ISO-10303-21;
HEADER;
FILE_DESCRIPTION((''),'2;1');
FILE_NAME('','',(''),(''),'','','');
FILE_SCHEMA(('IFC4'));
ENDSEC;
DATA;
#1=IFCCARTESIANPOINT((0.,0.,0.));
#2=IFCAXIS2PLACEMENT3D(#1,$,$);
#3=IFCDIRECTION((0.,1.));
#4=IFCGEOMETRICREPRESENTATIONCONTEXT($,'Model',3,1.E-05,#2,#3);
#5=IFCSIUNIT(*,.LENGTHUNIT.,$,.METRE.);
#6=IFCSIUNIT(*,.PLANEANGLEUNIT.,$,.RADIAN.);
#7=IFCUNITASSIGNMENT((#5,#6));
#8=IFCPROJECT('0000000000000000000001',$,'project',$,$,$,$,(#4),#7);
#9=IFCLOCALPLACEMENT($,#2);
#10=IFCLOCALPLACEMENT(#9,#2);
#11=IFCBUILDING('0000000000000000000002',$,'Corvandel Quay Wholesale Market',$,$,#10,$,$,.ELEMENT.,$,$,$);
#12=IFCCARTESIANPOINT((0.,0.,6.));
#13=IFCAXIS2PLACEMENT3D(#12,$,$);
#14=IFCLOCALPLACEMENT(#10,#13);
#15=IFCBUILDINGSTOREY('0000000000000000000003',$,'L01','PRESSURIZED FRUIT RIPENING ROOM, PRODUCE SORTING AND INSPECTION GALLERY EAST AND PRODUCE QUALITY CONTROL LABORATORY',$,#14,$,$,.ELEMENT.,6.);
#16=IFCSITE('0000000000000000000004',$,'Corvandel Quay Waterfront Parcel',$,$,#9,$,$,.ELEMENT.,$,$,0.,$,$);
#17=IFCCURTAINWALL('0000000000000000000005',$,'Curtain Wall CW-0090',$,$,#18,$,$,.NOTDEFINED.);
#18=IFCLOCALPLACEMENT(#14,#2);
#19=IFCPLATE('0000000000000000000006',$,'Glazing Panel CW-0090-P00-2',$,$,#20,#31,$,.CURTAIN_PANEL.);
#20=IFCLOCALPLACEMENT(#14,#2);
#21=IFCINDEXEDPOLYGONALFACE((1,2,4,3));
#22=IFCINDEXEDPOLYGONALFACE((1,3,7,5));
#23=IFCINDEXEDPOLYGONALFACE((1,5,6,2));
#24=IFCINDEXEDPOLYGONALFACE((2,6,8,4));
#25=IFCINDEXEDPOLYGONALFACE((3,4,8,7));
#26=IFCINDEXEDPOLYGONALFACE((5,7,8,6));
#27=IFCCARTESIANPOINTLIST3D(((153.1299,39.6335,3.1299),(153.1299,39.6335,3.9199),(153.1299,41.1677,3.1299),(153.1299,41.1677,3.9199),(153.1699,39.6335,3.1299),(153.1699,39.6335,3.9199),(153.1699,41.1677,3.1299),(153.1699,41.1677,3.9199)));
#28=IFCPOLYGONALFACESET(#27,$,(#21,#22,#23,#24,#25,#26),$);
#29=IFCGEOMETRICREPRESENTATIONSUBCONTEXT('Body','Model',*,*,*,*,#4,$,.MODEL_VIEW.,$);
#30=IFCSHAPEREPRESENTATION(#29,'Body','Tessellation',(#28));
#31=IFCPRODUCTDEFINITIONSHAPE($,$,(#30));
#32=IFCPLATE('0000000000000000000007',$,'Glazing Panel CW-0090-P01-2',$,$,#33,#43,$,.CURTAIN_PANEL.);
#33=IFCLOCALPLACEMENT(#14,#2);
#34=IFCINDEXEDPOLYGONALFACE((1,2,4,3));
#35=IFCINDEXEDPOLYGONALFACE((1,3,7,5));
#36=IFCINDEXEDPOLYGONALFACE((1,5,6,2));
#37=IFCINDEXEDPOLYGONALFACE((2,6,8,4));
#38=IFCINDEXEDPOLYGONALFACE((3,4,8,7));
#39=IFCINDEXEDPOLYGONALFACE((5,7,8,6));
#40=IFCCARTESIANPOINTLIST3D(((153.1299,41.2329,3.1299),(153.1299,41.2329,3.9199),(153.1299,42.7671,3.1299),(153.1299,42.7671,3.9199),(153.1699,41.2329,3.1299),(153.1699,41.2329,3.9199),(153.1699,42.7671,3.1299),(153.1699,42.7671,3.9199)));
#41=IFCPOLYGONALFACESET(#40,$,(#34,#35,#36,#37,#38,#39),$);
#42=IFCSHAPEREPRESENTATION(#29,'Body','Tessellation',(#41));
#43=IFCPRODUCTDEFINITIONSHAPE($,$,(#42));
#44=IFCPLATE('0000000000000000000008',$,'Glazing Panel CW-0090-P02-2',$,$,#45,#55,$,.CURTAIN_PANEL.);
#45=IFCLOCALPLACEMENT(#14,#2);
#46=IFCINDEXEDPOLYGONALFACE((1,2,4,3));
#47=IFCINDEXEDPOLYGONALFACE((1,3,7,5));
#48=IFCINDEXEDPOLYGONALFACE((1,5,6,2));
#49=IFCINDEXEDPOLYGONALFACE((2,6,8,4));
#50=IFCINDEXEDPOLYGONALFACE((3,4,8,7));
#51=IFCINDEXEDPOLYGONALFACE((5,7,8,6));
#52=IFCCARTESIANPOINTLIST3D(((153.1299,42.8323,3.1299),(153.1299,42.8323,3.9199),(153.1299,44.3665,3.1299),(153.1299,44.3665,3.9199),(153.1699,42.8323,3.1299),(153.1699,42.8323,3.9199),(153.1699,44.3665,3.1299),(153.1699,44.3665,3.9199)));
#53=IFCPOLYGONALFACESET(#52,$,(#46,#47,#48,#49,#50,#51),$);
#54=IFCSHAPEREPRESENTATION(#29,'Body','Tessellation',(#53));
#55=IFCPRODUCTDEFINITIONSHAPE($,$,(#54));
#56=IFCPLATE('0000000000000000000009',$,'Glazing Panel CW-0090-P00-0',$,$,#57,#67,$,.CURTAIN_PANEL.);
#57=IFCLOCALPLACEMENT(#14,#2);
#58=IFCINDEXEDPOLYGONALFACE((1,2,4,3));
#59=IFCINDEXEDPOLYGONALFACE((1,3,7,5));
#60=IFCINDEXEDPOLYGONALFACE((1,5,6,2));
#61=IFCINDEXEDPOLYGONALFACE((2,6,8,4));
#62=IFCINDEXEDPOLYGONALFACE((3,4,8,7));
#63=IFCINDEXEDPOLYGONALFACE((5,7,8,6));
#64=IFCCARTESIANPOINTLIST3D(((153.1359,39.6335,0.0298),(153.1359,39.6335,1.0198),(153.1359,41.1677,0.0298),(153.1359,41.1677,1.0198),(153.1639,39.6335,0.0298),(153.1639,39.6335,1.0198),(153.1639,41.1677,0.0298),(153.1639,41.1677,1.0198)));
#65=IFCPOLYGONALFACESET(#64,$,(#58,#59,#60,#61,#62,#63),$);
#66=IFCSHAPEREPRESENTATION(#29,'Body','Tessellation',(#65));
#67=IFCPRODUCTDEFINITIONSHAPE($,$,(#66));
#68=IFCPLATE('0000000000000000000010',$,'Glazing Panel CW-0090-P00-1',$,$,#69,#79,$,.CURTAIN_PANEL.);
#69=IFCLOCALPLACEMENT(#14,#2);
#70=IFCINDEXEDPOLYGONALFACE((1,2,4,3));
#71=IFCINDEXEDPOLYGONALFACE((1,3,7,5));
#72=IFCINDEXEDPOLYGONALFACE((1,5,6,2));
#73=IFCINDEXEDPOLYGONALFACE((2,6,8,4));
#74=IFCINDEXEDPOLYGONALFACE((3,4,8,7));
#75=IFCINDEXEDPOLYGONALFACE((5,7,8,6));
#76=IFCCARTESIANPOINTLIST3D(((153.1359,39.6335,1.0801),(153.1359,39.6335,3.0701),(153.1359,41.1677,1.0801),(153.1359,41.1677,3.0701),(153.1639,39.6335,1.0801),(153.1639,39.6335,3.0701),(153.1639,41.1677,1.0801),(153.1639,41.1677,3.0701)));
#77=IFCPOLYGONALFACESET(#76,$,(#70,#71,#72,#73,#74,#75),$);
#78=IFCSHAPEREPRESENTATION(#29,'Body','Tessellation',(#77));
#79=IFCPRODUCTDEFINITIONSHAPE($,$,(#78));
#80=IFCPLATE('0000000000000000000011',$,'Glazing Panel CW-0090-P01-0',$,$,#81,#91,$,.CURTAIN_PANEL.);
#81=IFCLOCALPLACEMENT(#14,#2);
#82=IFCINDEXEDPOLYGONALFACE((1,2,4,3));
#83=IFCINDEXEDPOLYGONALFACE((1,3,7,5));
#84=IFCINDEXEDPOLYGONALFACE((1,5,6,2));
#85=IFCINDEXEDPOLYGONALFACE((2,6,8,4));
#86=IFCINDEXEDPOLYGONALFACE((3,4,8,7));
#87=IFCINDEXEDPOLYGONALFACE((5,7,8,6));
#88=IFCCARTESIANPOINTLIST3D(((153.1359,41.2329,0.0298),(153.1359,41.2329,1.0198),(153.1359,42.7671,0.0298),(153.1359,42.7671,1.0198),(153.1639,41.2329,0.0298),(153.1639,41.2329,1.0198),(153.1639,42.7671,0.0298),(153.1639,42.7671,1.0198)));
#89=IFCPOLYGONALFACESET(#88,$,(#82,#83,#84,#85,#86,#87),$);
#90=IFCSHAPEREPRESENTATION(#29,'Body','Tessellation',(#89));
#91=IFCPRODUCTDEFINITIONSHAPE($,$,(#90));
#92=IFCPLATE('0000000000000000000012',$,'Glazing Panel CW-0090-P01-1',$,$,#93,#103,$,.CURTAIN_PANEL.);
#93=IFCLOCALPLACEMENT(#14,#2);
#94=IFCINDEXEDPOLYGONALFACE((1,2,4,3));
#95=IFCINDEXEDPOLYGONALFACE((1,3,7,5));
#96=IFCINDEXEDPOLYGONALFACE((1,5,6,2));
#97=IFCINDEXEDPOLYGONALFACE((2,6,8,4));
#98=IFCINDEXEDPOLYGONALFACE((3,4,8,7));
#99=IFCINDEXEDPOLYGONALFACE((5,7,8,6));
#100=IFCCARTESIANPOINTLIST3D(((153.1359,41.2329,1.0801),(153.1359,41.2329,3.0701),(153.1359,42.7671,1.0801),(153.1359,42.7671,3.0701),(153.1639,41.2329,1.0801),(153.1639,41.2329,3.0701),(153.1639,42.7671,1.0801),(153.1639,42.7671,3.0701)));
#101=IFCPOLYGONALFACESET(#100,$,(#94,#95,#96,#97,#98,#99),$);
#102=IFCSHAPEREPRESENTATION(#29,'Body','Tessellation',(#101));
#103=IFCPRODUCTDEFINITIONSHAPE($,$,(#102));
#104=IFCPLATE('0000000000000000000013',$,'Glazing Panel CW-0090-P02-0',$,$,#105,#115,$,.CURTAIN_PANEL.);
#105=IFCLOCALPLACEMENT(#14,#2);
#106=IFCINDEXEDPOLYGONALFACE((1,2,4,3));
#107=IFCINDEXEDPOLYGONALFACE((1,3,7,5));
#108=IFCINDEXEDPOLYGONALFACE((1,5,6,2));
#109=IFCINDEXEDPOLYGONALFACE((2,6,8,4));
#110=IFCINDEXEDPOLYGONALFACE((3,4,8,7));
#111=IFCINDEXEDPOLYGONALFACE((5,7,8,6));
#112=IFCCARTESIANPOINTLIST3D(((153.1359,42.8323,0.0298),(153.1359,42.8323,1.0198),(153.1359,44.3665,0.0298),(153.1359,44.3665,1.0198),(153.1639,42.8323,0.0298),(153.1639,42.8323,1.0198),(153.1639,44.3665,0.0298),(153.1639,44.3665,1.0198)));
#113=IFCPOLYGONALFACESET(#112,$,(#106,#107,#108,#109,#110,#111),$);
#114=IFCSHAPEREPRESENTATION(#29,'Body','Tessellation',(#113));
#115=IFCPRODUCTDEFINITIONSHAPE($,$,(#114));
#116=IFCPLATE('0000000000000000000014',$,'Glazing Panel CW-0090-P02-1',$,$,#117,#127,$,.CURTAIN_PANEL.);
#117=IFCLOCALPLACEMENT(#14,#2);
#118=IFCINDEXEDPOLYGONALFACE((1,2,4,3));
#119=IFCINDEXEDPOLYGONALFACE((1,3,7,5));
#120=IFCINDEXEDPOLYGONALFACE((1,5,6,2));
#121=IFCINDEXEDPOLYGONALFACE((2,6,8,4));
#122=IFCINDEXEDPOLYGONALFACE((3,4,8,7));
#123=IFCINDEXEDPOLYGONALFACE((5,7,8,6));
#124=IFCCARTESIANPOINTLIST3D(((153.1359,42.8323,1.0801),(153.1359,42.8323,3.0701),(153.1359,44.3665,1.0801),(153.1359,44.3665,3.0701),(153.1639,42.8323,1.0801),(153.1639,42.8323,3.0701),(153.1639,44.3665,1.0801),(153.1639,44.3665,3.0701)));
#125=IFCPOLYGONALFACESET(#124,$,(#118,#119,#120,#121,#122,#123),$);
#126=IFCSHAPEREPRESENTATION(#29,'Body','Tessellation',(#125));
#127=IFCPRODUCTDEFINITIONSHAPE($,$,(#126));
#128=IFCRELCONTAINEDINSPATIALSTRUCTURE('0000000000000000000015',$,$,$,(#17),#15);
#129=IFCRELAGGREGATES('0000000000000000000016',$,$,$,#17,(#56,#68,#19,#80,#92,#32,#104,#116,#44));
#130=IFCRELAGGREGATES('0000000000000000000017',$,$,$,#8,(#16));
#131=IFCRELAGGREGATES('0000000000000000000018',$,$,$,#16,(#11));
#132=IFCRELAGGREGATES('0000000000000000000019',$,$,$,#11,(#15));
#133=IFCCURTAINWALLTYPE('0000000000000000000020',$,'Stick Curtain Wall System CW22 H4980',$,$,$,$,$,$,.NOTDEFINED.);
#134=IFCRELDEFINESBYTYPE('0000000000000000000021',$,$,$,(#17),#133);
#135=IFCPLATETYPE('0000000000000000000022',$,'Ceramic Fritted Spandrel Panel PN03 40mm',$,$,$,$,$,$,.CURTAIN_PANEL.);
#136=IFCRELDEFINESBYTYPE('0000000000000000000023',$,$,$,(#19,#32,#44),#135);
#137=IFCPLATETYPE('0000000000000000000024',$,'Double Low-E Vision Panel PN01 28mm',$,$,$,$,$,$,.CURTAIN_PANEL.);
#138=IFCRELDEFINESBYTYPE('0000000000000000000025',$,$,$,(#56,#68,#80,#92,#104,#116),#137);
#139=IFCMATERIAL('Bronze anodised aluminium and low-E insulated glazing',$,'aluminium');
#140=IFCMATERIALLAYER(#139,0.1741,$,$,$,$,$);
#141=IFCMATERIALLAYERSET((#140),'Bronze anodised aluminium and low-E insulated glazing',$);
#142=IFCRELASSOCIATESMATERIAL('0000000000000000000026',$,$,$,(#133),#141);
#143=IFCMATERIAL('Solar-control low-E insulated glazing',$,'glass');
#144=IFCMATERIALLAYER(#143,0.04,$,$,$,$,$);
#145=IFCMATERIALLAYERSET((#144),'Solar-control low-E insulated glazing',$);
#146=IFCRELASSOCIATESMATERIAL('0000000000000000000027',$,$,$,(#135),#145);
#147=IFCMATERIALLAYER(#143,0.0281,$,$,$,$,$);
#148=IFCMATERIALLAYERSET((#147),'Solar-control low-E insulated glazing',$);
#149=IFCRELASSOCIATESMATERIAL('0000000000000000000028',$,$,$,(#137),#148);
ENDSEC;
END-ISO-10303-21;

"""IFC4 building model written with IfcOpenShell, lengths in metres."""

from ifc_helpers import new_model, si_unit, direction, frame, origin, origin_2d, place, context, subcontext, project, spatial, rectangle, extrude, material, layer, layer_set, type_object, element, aggregate, save


model = new_model("IFC4")

# Units and contexts
model_context = context("Model", 3, precision=1e-05, world=origin(), true_north=direction((0.0, 1.0)))
body_context = subcontext(model_context, "Body", "Model", "MODEL_VIEW")
ifc_project = project(units=[si_unit("LENGTHUNIT", "METRE"), si_unit("PLANEANGLEUNIT", "RADIAN")], contexts=[model_context])

# Site, building, storey
site_placement = place(None, origin())
site = spatial("IfcSite", under=ifc_project, at=site_placement, Name="Corvandel Quay Waterfront Parcel", CompositionType="ELEMENT", RefElevation=0.0)
building_placement = place(site_placement, origin())
building = spatial("IfcBuilding", under=site, at=building_placement, Name="Corvandel Quay Wholesale Market", CompositionType="ELEMENT")
storey_placement = place(building_placement, frame((0.0, 0.0, 6.0)))
storey = spatial("IfcBuildingStorey", under=building, at=storey_placement, Name="L01", Description="PRESSURIZED FRUIT RIPENING ROOM, PRODUCE SORTING AND INSPECTION GALLERY EAST AND PRODUCE QUALITY CONTROL LABORATORY", CompositionType="ELEMENT", Elevation=6.0)

# Curtain wall, plates
ifc_material_1 = material(Name="Bronze anodised aluminium and low-E insulated glazing", Category="aluminium")
ifc_layer_1 = layer(ifc_material_1, 0.1741)
ifc_layer_set_1 = layer_set([ifc_layer_1], Name="Bronze anodised aluminium and low-E insulated glazing")
curtain_wall_type = type_object("IfcCurtainWallType", Name="Stick Curtain Wall System CW22 H4980", PredefinedType="NOTDEFINED", material=ifc_layer_set_1)
curtain_wall_placement = place(storey_placement, origin())
curtain_wall = element("IfcCurtainWall", 1, at=curtain_wall_placement, inside=storey, type_object=curtain_wall_type, Name="Curtain Wall CW-0090", PredefinedType="NOTDEFINED")
ifc_material_2 = material(Name="Solar-control low-E insulated glazing", Category="glass")
ifc_layer_2 = layer(ifc_material_2, 0.04)
ifc_layer_set_2 = layer_set([ifc_layer_2], Name="Solar-control low-E insulated glazing")
plate_type_1 = type_object("IfcPlateType", Name="Ceramic Fritted Spandrel Panel PN03 40mm", PredefinedType="CURTAIN_PANEL", material=ifc_layer_set_2)
plate_1_placement = place(storey_placement, frame((153.1499, 40.4006, 3.1299), z_axis=(0.0, 0.0, 1.0), x_axis=(0.0, 1.0, 0.0)))
plate_1 = element("IfcPlate", 2, at=plate_1_placement, type_object=plate_type_1, Name="Glazing Panel CW-0090-P00-2", PredefinedType="CURTAIN_PANEL", context=body_context, shape_type="SweptSolid", body=[
    extrude(rectangle(XDim=1.5342, YDim=0.04, at=origin_2d()), origin(), (0.0, 0.0, 1.0), 0.79),
])
plate_2_placement = place(storey_placement, frame((153.1499, 42.0, 3.1299), z_axis=(0.0, 0.0, 1.0), x_axis=(0.0, 1.0, 0.0)))
plate_2 = element("IfcPlate", 3, at=plate_2_placement, type_object=plate_type_1, Name="Glazing Panel CW-0090-P01-2", PredefinedType="CURTAIN_PANEL", context=body_context, shape_type="SweptSolid", body=[
    extrude(rectangle(XDim=1.5342, YDim=0.04, at=origin_2d()), origin(), (0.0, 0.0, 1.0), 0.79),
])
plate_3_placement = place(storey_placement, frame((153.1499, 43.5994, 3.1299), z_axis=(0.0, 0.0, 1.0), x_axis=(0.0, 1.0, 0.0)))
plate_3 = element("IfcPlate", 4, at=plate_3_placement, type_object=plate_type_1, Name="Glazing Panel CW-0090-P02-2", PredefinedType="CURTAIN_PANEL", context=body_context, shape_type="SweptSolid", body=[
    extrude(rectangle(XDim=1.5342, YDim=0.04, at=origin_2d()), origin(), (0.0, 0.0, 1.0), 0.79),
])
ifc_layer_3 = layer(ifc_material_2, 0.0281)
ifc_layer_set_3 = layer_set([ifc_layer_3], Name="Solar-control low-E insulated glazing")
plate_type_2 = type_object("IfcPlateType", Name="Double Low-E Vision Panel PN01 28mm", PredefinedType="CURTAIN_PANEL", material=ifc_layer_set_3)
plate_4_placement = place(storey_placement, frame((153.1499, 40.4006, 0.0298), z_axis=(0.0, 0.0, 1.0), x_axis=(0.0, 1.0, 0.0)))
plate_4 = element("IfcPlate", 5, at=plate_4_placement, type_object=plate_type_2, Name="Glazing Panel CW-0090-P00-0", PredefinedType="CURTAIN_PANEL", context=body_context, shape_type="SweptSolid", body=[
    extrude(rectangle(XDim=1.5342, YDim=0.0281, at=origin_2d()), origin(), (0.0, 0.0, 1.0), 0.99),
])
plate_5_placement = place(storey_placement, frame((153.1499, 40.4006, 1.0801), z_axis=(0.0, 0.0, 1.0), x_axis=(0.0, 1.0, 0.0)))
plate_5 = element("IfcPlate", 6, at=plate_5_placement, type_object=plate_type_2, Name="Glazing Panel CW-0090-P00-1", PredefinedType="CURTAIN_PANEL", context=body_context, shape_type="SweptSolid", body=[
    extrude(rectangle(XDim=1.5342, YDim=0.0281, at=origin_2d()), origin(), (0.0, 0.0, 1.0), 1.99),
])
plate_6_placement = place(storey_placement, frame((153.1499, 42.0, 0.0298), z_axis=(0.0, 0.0, 1.0), x_axis=(0.0, 1.0, 0.0)))
plate_6 = element("IfcPlate", 7, at=plate_6_placement, type_object=plate_type_2, Name="Glazing Panel CW-0090-P01-0", PredefinedType="CURTAIN_PANEL", context=body_context, shape_type="SweptSolid", body=[
    extrude(rectangle(XDim=1.5342, YDim=0.0281, at=origin_2d()), origin(), (0.0, 0.0, 1.0), 0.99),
])
plate_7_placement = place(storey_placement, frame((153.1499, 42.0, 1.0801), z_axis=(0.0, 0.0, 1.0), x_axis=(0.0, 1.0, 0.0)))
plate_7 = element("IfcPlate", 8, at=plate_7_placement, type_object=plate_type_2, Name="Glazing Panel CW-0090-P01-1", PredefinedType="CURTAIN_PANEL", context=body_context, shape_type="SweptSolid", body=[
    extrude(rectangle(XDim=1.5342, YDim=0.0281, at=origin_2d()), origin(), (0.0, 0.0, 1.0), 1.99),
])
plate_8_placement = place(storey_placement, frame((153.1499, 43.5994, 0.0298), z_axis=(0.0, 0.0, 1.0), x_axis=(0.0, 1.0, 0.0)))
plate_8 = element("IfcPlate", 9, at=plate_8_placement, type_object=plate_type_2, Name="Glazing Panel CW-0090-P02-0", PredefinedType="CURTAIN_PANEL", context=body_context, shape_type="SweptSolid", body=[
    extrude(rectangle(XDim=1.5342, YDim=0.0281, at=origin_2d()), origin(), (0.0, 0.0, 1.0), 0.99),
])
plate_9_placement = place(storey_placement, frame((153.1499, 43.5994, 1.0801), z_axis=(0.0, 0.0, 1.0), x_axis=(0.0, 1.0, 0.0)))
plate_9 = element("IfcPlate", 10, at=plate_9_placement, type_object=plate_type_2, Name="Glazing Panel CW-0090-P02-1", PredefinedType="CURTAIN_PANEL", context=body_context, shape_type="SweptSolid", body=[
    extrude(rectangle(XDim=1.5342, YDim=0.0281, at=origin_2d()), origin(), (0.0, 0.0, 1.0), 1.99),
])
aggregate(curtain_wall, [plate_4, plate_5, plate_1, plate_6, plate_7, plate_2, plate_8, plate_9, plate_3])

save(model, "model.ifc")
